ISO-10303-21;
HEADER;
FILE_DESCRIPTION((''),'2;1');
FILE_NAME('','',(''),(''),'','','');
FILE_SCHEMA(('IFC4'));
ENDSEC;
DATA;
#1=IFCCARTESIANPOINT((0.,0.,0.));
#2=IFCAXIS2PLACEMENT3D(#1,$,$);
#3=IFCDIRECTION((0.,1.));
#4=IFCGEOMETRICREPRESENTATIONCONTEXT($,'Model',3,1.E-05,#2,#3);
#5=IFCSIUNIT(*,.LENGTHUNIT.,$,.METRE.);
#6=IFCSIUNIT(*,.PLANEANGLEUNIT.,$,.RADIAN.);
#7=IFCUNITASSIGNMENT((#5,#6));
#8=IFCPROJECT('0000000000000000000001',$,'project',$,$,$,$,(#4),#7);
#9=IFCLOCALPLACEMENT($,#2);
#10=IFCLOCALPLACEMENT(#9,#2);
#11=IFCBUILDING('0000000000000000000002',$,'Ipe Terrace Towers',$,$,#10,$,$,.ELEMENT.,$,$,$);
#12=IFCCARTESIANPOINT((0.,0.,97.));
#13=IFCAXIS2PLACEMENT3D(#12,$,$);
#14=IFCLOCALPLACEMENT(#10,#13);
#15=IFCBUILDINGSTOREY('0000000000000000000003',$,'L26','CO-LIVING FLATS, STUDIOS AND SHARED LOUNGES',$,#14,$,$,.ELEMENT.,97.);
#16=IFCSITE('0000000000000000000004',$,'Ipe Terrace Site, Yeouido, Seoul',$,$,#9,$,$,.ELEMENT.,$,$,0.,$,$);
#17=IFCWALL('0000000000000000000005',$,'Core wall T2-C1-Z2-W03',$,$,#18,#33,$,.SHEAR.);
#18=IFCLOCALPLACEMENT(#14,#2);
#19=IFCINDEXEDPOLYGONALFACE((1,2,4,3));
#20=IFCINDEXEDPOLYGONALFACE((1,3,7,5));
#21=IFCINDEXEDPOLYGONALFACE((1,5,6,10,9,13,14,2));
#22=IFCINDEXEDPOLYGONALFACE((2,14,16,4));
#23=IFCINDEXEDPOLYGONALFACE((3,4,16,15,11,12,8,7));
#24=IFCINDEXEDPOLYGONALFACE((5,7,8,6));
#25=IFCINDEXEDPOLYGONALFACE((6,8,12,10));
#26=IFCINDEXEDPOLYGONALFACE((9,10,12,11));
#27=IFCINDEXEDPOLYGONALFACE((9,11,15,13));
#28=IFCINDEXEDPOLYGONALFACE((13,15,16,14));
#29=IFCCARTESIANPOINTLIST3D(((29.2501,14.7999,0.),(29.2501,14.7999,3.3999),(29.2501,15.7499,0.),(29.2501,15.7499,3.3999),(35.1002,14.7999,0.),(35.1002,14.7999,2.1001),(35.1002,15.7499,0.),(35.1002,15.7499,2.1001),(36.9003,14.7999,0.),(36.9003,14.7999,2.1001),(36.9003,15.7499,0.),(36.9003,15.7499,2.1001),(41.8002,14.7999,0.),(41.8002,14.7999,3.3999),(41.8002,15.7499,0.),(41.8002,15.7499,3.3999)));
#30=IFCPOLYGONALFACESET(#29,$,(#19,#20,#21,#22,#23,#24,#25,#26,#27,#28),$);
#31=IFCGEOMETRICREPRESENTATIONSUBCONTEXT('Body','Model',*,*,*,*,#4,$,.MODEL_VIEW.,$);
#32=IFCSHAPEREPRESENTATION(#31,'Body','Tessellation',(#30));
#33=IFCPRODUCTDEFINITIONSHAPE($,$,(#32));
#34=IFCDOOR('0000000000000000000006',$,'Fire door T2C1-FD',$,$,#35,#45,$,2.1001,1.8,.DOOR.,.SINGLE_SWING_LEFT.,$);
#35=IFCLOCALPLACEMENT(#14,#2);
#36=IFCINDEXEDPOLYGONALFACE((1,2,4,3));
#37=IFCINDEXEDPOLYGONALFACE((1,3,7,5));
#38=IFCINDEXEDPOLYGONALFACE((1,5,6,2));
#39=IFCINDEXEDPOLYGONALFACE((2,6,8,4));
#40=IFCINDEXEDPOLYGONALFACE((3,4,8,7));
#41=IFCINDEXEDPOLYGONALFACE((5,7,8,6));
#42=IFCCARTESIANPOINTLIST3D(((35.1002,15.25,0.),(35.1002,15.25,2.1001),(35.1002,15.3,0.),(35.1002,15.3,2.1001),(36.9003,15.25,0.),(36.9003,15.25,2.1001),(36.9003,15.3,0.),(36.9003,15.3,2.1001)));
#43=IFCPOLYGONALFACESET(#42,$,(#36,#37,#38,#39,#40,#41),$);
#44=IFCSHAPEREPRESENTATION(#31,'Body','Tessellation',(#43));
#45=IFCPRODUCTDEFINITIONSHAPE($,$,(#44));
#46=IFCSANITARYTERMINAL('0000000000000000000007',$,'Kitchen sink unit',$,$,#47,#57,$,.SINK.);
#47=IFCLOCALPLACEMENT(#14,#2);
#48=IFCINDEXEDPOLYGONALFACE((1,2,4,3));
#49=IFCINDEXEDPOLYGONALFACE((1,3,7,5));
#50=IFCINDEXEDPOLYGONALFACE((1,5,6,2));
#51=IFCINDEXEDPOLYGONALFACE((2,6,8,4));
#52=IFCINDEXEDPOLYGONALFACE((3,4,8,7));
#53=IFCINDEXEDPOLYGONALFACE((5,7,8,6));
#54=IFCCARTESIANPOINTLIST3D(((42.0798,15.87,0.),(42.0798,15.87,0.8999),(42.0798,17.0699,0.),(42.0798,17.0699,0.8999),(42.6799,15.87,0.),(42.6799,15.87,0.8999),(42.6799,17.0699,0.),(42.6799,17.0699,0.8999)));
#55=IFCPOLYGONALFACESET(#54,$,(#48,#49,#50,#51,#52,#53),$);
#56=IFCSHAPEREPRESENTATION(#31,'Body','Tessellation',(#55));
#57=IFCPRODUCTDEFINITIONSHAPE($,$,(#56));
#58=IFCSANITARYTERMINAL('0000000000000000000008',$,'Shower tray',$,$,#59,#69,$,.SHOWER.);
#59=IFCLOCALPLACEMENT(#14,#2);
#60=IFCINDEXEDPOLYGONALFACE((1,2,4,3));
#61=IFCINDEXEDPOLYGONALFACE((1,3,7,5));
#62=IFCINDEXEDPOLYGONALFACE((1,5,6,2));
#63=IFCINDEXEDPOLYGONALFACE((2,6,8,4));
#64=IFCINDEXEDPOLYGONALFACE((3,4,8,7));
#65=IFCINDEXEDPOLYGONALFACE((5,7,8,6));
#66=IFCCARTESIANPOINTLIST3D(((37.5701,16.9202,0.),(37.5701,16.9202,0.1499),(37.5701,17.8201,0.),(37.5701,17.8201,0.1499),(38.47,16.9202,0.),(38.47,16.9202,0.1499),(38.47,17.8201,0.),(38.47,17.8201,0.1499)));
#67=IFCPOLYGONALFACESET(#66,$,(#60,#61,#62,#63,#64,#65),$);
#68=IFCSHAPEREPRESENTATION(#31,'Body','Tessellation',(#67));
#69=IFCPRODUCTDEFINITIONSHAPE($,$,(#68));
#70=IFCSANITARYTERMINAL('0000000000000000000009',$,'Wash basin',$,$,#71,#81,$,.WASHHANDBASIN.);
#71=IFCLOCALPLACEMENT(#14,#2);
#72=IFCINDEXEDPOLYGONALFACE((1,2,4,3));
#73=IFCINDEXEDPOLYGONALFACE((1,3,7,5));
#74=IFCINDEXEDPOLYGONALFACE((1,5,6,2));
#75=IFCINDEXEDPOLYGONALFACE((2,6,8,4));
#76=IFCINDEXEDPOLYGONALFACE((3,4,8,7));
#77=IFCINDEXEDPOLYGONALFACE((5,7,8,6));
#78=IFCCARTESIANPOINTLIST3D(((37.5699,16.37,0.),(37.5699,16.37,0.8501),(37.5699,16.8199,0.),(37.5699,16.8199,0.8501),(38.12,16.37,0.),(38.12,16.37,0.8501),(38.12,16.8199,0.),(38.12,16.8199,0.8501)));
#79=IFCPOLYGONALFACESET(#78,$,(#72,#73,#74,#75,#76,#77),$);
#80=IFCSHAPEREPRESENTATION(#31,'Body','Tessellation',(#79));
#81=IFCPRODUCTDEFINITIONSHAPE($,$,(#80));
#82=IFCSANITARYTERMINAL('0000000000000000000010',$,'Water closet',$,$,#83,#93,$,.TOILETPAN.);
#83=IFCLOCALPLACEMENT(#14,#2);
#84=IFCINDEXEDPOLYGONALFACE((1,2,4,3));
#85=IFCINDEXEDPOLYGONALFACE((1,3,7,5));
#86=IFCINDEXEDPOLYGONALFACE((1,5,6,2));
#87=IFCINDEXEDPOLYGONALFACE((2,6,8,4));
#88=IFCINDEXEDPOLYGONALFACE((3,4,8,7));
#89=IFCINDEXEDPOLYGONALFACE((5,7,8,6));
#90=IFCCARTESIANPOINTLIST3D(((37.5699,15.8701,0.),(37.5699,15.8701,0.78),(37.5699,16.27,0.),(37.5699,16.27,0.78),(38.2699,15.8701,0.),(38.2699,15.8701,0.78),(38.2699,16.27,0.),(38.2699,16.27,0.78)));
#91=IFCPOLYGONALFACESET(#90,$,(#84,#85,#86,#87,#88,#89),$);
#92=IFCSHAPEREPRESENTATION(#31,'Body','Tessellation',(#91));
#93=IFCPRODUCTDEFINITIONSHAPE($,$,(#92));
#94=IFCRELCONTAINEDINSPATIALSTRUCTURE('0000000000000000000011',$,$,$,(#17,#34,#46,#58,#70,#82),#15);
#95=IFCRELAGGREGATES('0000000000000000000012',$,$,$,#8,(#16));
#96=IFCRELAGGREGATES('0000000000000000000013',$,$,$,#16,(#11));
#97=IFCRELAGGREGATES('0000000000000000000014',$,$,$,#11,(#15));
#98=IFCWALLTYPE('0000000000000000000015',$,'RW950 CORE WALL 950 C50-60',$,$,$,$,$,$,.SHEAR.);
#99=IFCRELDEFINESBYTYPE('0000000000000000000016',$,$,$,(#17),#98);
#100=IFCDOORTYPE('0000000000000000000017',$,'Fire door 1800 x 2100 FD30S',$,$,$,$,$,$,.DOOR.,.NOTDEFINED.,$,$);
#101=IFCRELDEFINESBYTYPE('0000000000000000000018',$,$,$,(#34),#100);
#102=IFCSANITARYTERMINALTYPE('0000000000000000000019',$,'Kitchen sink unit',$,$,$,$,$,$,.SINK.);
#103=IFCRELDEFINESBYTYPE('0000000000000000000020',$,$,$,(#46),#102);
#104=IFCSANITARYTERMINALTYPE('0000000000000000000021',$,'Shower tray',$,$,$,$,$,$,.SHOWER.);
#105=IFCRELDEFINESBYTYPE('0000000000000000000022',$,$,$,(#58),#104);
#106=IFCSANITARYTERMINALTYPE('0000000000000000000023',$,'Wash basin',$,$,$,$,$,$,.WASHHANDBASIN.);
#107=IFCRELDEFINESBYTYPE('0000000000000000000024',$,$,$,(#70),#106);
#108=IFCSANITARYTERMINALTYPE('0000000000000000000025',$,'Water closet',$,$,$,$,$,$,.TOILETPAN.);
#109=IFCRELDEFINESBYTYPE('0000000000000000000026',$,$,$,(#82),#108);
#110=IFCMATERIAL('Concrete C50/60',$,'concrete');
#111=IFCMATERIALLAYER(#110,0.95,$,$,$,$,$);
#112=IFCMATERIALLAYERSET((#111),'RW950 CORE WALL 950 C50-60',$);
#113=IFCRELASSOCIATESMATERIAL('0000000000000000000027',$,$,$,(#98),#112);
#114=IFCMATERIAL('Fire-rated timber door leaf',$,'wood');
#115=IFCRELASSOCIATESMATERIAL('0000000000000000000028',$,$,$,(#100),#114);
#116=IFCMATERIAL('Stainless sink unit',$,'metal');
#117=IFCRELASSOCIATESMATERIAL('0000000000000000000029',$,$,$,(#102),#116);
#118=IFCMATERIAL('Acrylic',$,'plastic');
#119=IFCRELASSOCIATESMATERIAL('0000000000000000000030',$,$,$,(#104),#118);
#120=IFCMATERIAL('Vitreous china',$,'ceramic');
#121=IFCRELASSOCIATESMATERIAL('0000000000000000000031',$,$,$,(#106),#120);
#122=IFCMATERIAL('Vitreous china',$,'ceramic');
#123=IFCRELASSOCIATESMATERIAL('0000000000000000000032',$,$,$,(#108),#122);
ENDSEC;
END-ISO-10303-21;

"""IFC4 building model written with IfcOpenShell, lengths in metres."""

from ifc_helpers import new_model, si_unit, direction, frame, frame_2d, origin, origin_2d, place, context, subcontext, project, spatial, rectangle, extrude, material, layer, layer_set, type_object, element, fill, save


model = new_model("IFC4")

# Units and contexts
model_context = context("Model", 3, precision=1e-05, world=origin(), true_north=direction((0.0, 1.0)))
body_context = subcontext(model_context, "Body", "Model", "MODEL_VIEW")
ifc_project = project(units=[si_unit("LENGTHUNIT", "METRE"), si_unit("PLANEANGLEUNIT", "RADIAN")], contexts=[model_context])

# Site, building, storey
site_placement = place(None, origin())
site = spatial("IfcSite", under=ifc_project, at=site_placement, Name="Ipe Terrace Site, Yeouido, Seoul", CompositionType="ELEMENT", RefElevation=0.0)
building_placement = place(site_placement, origin())
building = spatial("IfcBuilding", under=site, at=building_placement, Name="Ipe Terrace Towers", CompositionType="ELEMENT")
storey_placement = place(building_placement, frame((0.0, 0.0, 97.0)))
storey = spatial("IfcBuildingStorey", under=building, at=storey_placement, Name="L26", Description="CO-LIVING FLATS, STUDIOS AND SHARED LOUNGES", CompositionType="ELEMENT", Elevation=97.0)

# Wall, opening, door
ifc_material_1 = material(Name="Concrete C50/60", Category="concrete")
ifc_layer_1 = layer(ifc_material_1, 0.95)
ifc_layer_set_1 = layer_set([ifc_layer_1], Name="RW950 CORE WALL 950 C50-60")
wall_type_1 = type_object("IfcWallType", Name="RW950 CORE WALL 950 C50-60", PredefinedType="SHEAR", material=ifc_layer_set_1)
wall_1_placement = place(storey_placement, frame((41.8, 15.2749, 0.0), z_axis=(0.0, 0.0, 1.0), x_axis=(-1.0, 0.0, 0.0)))
wall_1 = element("IfcWall", 1, at=wall_1_placement, inside=storey, type_object=wall_type_1, Name="Core wall T2-C1-Z2-W03", PredefinedType="SHEAR", context=body_context, shape_type="SweptSolid", body=[
    extrude(rectangle(XDim=12.55, YDim=0.95, at=frame_2d((6.2749, 0.0))), origin(), (0.0, 0.0, 1.0), 3.3999),
])
opening_1_placement = place(wall_1_placement, frame((4.8999, 0.0, 0.0)))
opening_1 = element("IfcOpeningElement", 2, at=opening_1_placement, cuts=wall_1, PredefinedType="OPENING", context=body_context, shape_type="SweptSolid", body=[
    extrude(rectangle(XDim=1.8, YDim=2.1001, at=frame_2d((0.8999, 1.05))), frame((0.0, 0.4849, 0.0), z_axis=(0.0, -1.0, 0.0), x_axis=(1.0, 0.0, 0.0)), (0.0, 0.0, 1.0), 0.97),
])
ifc_material_2 = material(Name="Fire-rated timber door leaf", Category="wood")
door_type_1 = type_object("IfcDoorType", Name="Fire door 1800 x 2100 FD30S", OperationType="NOTDEFINED", PredefinedType="DOOR", material=ifc_material_2)
door_1_placement = place(opening_1_placement, origin())
door_1 = element("IfcDoor", 3, at=door_1_placement, inside=storey, type_object=door_type_1, Name="Fire door T2C1-FD", OperationType="SINGLE_SWING_LEFT", OverallHeight=2.1001, OverallWidth=1.8, PredefinedType="DOOR", context=body_context, shape_type="SweptSolid", body=[
    extrude(rectangle(XDim=1.8, YDim=2.1001, at=frame_2d((0.8999, 1.05))), frame((0.0, 0.0249, 0.0), z_axis=(0.0, -1.0, 0.0), x_axis=(1.0, 0.0, 0.0)), (0.0, 0.0, 1.0), 0.05),
])
fill(opening_1, door_1)

# Sanitary terminals
ifc_material_3 = material(Name="Stainless sink unit", Category="metal")
sanitary_terminal_type_1 = type_object("IfcSanitaryTerminalType", Name="Kitchen sink unit", PredefinedType="SINK", material=ifc_material_3)
sanitary_terminal_1_placement = place(storey_placement, frame((42.3799, 16.47, 0.0), z_axis=(0.0, 0.0, 1.0), x_axis=(0.0, -1.0, 0.0)))
element("IfcSanitaryTerminal", 4, at=sanitary_terminal_1_placement, inside=storey, type_object=sanitary_terminal_type_1, Name="Kitchen sink unit", PredefinedType="SINK", context=body_context, shape_type="SweptSolid", body=[
    extrude(rectangle(XDim=1.2, YDim=0.6001, at=origin_2d()), origin(), (0.0, 0.0, 1.0), 0.8999),
])
ifc_material_4 = material(Name="Acrylic", Category="plastic")
sanitary_terminal_type_2 = type_object("IfcSanitaryTerminalType", Name="Shower tray", PredefinedType="SHOWER", material=ifc_material_4)
sanitary_terminal_2_placement = place(storey_placement, frame((38.02, 17.3701, 0.0), z_axis=(0.0, 0.0, 1.0), x_axis=(1.0, 0.0, 0.0)))
element("IfcSanitaryTerminal", 5, at=sanitary_terminal_2_placement, inside=storey, type_object=sanitary_terminal_type_2, Name="Shower tray", PredefinedType="SHOWER", context=body_context, shape_type="SweptSolid", body=[
    extrude(rectangle(XDim=0.8999, YDim=0.8999, at=origin_2d()), origin(), (0.0, 0.0, 1.0), 0.1499),
])
ifc_material_5 = material(Name="Vitreous china", Category="ceramic")
sanitary_terminal_type_3 = type_object("IfcSanitaryTerminalType", Name="Wash basin", PredefinedType="WASHHANDBASIN", material=ifc_material_5)
sanitary_terminal_3_placement = place(storey_placement, frame((37.845, 16.595, 0.0), z_axis=(0.0, 0.0, 1.0), x_axis=(1.0, 0.0, 0.0)))
element("IfcSanitaryTerminal", 6, at=sanitary_terminal_3_placement, inside=storey, type_object=sanitary_terminal_type_3, Name="Wash basin", PredefinedType="WASHHANDBASIN", context=body_context, shape_type="SweptSolid", body=[
    extrude(rectangle(XDim=0.55, YDim=0.45, at=origin_2d()), origin(), (0.0, 0.0, 1.0), 0.8501),
])
ifc_material_6 = material(Name="Vitreous china", Category="ceramic")
sanitary_terminal_type_4 = type_object("IfcSanitaryTerminalType", Name="Water closet", PredefinedType="TOILETPAN", material=ifc_material_6)
sanitary_terminal_4_placement = place(storey_placement, frame((37.9199, 16.0701, 0.0), z_axis=(0.0, 0.0, 1.0), x_axis=(1.0, 0.0, 0.0)))
element("IfcSanitaryTerminal", 7, at=sanitary_terminal_4_placement, inside=storey, type_object=sanitary_terminal_type_4, Name="Water closet", PredefinedType="TOILETPAN", context=body_context, shape_type="SweptSolid", body=[
    extrude(rectangle(XDim=0.7, YDim=0.3999, at=origin_2d()), origin(), (0.0, 0.0, 1.0), 0.78),
])

save(model, "model.ifc")
